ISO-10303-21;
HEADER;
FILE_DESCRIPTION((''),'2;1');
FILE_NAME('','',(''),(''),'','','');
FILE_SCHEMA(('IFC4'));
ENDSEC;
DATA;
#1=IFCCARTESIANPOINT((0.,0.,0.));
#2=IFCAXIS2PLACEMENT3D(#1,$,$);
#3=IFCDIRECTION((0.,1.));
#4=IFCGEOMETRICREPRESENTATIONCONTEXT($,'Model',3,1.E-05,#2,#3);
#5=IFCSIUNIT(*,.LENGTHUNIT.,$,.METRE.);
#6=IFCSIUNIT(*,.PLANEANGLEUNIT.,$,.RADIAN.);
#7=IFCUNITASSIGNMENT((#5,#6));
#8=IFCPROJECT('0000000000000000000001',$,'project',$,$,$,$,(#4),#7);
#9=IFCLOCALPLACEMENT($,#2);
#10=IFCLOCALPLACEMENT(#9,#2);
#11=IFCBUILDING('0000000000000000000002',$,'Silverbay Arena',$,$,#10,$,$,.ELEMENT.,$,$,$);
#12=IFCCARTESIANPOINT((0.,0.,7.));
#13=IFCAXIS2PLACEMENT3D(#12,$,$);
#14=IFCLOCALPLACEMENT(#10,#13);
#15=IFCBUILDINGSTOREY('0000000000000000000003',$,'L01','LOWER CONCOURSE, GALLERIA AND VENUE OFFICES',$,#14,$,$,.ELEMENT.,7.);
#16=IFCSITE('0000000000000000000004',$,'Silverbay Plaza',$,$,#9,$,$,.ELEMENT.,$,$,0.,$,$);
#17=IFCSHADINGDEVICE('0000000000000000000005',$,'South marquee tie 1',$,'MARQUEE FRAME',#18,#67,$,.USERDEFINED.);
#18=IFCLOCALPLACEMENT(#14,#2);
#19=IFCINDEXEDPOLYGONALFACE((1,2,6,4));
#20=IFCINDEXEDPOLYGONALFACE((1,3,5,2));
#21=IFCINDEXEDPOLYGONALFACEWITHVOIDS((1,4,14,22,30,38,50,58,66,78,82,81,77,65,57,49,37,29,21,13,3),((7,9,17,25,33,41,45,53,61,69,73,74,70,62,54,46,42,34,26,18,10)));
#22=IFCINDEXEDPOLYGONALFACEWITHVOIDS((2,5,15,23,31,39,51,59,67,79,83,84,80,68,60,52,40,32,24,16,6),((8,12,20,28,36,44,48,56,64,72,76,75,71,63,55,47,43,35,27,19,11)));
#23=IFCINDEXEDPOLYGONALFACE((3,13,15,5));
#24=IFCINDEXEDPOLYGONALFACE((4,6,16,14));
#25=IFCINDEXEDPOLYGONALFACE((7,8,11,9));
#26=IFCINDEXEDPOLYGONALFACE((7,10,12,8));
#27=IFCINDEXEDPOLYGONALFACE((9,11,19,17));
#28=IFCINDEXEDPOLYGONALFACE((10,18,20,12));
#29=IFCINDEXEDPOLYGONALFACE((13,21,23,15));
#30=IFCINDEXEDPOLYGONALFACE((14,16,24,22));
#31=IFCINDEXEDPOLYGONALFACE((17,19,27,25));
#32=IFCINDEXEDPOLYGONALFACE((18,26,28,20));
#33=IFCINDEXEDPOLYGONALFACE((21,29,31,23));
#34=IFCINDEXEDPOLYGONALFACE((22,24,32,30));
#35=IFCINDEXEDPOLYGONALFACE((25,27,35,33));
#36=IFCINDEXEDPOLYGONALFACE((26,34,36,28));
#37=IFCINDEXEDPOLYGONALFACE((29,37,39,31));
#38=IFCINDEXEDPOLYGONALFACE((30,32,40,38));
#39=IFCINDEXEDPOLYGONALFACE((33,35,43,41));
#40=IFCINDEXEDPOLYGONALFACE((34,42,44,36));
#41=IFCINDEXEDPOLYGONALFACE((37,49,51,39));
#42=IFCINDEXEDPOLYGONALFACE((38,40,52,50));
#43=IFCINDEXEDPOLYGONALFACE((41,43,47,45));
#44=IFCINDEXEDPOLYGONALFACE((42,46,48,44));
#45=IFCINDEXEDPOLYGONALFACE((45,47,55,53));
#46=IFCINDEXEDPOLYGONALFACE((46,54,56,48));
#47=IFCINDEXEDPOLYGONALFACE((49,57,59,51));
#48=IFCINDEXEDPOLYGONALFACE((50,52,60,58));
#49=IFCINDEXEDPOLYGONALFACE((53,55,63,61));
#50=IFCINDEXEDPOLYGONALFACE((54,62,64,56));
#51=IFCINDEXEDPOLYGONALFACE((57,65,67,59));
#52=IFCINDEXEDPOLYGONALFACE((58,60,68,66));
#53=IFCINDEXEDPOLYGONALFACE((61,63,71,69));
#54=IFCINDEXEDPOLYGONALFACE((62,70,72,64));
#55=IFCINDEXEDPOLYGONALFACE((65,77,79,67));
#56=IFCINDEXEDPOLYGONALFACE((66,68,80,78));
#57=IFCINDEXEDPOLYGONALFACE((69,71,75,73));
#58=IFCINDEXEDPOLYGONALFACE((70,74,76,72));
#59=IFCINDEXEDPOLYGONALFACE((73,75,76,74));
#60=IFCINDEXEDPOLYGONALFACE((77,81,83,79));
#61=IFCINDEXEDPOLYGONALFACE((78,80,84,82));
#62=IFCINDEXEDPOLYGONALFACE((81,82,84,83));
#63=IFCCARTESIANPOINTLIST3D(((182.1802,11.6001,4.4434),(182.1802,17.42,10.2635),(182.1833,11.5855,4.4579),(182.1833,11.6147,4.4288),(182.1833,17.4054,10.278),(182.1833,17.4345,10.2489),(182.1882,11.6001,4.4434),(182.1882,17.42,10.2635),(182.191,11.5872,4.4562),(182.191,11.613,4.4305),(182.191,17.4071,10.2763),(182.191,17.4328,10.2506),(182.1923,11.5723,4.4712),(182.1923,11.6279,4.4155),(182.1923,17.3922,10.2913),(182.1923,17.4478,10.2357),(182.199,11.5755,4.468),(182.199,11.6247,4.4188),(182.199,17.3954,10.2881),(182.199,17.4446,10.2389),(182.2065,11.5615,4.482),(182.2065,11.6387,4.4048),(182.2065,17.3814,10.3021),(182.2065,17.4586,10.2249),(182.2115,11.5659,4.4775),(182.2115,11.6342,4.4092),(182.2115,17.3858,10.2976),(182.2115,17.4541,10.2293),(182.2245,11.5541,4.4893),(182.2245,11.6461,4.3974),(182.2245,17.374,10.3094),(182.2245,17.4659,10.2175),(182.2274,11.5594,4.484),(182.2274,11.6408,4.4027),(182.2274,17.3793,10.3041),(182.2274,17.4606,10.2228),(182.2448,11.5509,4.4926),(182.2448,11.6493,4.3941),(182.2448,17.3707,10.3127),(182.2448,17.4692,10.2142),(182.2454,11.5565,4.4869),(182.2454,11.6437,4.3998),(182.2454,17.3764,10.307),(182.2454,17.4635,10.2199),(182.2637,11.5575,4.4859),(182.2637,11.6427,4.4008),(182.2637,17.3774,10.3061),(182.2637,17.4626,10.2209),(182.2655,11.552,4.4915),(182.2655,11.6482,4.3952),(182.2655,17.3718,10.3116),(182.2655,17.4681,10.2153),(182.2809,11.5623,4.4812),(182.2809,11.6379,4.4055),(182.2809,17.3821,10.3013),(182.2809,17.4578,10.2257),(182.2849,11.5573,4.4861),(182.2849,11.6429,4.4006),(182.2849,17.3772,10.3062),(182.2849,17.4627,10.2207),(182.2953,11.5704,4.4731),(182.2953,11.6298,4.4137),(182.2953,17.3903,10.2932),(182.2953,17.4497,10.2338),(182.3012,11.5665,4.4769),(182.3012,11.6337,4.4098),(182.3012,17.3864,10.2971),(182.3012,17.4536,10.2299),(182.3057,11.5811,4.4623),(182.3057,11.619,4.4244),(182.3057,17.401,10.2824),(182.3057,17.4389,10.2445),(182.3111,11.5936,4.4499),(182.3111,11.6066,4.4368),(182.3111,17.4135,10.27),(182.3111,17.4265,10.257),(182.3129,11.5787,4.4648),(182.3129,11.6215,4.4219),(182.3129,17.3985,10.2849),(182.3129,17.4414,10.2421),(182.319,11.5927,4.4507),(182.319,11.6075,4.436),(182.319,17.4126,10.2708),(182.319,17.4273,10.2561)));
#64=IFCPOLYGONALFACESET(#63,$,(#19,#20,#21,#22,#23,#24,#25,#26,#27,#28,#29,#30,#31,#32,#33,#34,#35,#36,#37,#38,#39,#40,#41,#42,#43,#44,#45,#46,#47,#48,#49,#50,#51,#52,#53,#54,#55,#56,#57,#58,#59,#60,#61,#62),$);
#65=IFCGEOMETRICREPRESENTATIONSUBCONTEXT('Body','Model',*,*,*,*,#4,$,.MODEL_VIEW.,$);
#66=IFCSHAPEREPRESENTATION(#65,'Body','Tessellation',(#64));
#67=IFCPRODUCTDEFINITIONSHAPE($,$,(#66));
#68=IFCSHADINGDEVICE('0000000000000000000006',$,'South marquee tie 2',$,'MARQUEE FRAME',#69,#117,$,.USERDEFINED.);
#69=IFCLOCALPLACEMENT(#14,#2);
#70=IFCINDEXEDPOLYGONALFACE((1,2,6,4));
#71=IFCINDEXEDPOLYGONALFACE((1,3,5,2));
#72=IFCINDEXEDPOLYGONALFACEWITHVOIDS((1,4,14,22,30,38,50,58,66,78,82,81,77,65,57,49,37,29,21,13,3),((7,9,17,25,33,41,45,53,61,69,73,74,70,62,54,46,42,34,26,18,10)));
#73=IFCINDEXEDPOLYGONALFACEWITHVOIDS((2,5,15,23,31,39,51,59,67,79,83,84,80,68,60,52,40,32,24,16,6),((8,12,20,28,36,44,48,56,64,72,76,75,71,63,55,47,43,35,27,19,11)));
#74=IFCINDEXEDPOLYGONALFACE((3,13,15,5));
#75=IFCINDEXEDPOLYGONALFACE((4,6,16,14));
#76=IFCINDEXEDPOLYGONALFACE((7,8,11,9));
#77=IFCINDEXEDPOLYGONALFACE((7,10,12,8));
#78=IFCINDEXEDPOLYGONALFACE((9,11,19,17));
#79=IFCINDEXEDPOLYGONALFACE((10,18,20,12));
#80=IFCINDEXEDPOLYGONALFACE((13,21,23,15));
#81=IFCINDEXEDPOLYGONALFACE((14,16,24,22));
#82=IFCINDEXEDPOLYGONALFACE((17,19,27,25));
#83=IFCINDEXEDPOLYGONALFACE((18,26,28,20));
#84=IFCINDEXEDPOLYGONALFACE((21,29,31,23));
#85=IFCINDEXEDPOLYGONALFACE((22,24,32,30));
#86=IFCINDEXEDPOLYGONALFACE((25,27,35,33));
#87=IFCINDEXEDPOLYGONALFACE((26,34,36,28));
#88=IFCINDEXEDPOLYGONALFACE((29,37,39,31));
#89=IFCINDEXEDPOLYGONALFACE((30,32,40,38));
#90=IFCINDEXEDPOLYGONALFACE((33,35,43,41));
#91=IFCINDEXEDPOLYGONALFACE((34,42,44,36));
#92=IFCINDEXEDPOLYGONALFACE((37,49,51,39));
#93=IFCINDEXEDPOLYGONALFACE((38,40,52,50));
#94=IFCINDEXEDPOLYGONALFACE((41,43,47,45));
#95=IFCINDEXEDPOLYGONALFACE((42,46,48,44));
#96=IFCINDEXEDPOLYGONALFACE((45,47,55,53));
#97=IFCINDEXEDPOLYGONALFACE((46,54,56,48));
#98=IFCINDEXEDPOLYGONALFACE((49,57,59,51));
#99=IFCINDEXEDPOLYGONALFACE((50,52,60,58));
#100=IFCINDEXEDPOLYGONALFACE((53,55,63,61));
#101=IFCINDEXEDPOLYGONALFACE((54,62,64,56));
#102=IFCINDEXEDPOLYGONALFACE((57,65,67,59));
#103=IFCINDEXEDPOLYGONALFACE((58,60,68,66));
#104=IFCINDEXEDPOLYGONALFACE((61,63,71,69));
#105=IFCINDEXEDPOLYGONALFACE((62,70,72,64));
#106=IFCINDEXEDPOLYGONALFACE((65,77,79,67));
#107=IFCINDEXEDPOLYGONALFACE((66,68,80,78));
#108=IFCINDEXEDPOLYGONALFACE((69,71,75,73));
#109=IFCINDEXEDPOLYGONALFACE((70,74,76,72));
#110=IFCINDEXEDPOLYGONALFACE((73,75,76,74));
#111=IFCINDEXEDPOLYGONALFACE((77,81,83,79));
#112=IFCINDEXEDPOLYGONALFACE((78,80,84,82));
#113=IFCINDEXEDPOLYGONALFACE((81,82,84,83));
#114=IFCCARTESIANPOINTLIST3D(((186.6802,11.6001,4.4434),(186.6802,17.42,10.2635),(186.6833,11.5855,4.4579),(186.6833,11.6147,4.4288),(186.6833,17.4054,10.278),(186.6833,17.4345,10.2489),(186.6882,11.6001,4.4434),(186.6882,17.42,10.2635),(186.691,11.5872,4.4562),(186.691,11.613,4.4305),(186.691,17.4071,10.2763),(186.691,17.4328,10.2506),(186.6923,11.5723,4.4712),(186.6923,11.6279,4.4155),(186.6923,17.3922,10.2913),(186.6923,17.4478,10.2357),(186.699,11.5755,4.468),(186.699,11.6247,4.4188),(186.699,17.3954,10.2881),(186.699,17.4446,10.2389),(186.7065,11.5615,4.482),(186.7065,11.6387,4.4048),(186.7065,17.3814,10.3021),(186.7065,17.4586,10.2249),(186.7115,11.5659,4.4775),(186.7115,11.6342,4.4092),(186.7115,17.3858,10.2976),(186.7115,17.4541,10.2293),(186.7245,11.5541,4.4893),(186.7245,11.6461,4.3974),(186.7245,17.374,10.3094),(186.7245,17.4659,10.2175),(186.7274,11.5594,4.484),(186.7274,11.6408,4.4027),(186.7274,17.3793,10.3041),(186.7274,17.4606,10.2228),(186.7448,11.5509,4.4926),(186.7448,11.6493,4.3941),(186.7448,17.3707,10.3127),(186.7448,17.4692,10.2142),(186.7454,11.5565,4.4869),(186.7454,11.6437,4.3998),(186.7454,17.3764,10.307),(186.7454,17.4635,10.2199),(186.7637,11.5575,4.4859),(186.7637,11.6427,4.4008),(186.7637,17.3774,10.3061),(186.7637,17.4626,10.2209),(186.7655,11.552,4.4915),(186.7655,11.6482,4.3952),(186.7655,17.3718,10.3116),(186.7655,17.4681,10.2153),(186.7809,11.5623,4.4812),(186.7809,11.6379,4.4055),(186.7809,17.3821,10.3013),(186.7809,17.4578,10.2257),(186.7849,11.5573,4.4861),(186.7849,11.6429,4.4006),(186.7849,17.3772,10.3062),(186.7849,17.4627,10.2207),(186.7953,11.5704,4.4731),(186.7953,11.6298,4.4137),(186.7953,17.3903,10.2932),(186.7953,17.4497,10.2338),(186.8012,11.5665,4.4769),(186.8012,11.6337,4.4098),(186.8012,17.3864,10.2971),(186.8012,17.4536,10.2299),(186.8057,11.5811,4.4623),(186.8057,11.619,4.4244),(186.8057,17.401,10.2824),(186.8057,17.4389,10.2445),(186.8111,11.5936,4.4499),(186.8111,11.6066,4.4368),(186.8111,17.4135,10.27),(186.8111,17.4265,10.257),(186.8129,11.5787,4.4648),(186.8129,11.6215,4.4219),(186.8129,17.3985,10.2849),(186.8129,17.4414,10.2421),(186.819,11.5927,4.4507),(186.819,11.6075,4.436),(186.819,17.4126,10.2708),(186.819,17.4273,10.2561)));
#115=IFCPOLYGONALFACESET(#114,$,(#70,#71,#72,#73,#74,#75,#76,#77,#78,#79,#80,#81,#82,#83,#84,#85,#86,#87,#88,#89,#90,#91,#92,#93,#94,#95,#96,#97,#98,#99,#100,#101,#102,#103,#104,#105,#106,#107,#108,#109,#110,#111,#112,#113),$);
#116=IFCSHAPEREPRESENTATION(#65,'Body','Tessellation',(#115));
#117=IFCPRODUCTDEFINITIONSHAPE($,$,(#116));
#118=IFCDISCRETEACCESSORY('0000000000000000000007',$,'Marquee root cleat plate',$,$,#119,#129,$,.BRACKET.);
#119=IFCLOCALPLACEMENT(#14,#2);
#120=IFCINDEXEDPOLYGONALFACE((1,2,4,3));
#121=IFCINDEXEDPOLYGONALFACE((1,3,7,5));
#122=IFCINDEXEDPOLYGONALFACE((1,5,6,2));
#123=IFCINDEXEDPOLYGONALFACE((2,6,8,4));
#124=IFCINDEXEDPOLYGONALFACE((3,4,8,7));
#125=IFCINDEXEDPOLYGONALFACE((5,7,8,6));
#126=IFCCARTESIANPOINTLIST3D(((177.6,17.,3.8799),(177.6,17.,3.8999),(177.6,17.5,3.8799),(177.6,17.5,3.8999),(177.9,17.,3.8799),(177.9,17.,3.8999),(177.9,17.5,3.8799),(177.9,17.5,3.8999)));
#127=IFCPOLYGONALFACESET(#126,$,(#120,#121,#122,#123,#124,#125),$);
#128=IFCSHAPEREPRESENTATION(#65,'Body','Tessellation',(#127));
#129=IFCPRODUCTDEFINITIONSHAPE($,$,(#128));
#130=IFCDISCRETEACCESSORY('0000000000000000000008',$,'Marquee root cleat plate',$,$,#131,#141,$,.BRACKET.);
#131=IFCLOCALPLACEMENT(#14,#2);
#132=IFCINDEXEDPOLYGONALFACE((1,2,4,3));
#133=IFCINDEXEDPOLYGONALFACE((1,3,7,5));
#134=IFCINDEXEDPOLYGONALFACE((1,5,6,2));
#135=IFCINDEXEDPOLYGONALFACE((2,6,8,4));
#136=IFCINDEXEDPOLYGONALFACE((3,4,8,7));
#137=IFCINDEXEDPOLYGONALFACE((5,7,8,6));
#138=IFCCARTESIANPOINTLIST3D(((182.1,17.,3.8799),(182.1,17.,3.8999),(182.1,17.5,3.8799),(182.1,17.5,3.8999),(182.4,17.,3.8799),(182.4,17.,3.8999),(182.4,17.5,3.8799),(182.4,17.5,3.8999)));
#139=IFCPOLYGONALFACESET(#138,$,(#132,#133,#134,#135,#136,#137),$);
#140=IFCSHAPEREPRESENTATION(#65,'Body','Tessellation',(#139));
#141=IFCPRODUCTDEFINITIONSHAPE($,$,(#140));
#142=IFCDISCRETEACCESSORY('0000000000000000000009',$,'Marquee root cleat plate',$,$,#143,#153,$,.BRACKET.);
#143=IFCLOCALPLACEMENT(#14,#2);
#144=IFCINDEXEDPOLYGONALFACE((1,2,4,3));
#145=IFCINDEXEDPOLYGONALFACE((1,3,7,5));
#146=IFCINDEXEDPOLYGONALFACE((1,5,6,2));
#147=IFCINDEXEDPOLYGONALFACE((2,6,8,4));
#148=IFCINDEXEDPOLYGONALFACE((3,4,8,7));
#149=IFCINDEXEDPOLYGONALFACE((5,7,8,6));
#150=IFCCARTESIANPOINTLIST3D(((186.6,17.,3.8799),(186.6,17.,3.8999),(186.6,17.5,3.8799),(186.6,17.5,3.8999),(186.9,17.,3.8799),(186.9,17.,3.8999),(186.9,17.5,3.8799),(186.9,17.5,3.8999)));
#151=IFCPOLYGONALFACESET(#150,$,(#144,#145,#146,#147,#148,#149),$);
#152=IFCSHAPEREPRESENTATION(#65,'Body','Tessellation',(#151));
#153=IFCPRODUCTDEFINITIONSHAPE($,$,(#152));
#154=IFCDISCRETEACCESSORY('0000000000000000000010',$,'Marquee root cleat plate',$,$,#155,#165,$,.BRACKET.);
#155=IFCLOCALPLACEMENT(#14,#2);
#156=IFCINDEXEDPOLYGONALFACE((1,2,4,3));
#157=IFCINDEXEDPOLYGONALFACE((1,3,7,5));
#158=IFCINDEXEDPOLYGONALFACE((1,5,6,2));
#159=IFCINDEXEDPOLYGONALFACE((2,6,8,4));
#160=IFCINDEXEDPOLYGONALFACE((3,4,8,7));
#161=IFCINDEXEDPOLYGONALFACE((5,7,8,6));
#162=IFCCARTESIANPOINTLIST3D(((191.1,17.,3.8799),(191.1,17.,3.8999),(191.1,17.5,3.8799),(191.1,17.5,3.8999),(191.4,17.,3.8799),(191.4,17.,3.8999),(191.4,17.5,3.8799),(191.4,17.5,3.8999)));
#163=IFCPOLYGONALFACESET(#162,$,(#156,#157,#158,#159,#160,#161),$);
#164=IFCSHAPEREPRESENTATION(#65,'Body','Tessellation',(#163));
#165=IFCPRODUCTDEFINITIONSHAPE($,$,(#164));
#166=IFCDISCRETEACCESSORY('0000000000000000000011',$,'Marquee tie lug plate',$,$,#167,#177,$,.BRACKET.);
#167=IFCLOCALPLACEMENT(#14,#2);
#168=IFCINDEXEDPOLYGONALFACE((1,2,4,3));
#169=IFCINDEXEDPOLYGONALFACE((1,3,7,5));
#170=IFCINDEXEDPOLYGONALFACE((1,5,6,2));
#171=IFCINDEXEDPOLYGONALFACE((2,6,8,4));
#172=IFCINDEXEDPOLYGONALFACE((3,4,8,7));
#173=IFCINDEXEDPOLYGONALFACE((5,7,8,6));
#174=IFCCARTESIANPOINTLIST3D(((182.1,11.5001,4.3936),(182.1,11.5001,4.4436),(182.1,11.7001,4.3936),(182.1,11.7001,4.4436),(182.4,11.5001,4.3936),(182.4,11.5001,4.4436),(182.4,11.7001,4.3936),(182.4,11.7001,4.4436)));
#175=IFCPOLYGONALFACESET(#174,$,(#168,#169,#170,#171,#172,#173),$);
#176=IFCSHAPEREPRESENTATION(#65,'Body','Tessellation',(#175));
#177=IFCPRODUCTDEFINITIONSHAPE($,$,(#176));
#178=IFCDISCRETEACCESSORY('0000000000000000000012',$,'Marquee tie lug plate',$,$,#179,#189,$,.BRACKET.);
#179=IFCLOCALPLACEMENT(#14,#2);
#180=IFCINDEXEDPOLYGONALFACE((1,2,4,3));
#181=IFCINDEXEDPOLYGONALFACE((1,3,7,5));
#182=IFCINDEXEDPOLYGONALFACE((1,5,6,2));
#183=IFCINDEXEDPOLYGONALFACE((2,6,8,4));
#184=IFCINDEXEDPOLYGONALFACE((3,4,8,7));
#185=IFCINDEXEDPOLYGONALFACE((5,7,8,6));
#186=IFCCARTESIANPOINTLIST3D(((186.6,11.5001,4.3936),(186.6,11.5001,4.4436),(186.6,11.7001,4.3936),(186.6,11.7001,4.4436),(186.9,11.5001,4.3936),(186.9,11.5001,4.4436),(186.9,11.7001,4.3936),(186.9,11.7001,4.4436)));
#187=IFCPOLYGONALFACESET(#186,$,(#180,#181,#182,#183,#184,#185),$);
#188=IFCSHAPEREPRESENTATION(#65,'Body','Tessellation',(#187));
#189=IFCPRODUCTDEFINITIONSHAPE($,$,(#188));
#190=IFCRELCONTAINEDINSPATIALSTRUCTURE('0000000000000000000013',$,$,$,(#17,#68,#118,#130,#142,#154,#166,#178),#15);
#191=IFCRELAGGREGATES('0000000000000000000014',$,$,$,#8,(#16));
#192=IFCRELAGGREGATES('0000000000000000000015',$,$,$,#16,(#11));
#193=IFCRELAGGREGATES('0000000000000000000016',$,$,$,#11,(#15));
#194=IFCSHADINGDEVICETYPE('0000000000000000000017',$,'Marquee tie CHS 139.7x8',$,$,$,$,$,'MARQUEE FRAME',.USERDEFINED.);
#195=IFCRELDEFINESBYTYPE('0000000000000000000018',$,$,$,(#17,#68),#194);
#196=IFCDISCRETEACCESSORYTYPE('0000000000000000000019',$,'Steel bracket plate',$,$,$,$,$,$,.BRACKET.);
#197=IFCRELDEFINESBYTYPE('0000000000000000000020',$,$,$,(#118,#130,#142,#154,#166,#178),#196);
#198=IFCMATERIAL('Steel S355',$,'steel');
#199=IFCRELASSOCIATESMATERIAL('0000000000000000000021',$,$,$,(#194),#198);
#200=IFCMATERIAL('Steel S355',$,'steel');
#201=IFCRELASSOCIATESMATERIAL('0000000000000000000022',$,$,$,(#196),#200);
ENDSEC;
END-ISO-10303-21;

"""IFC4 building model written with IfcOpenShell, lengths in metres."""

from ifc_helpers import new_model, si_unit, direction, frame, origin, origin_2d, place, context, subcontext, project, spatial, rectangle, hollow_circle, extrude, material, material_profile, profile_set, type_object, element, save


model = new_model("IFC4")

# Units and contexts
model_context = context("Model", 3, precision=1e-05, world=origin(), true_north=direction((0.0, 1.0)))
body_context = subcontext(model_context, "Body", "Model", "MODEL_VIEW")
ifc_project = project(units=[si_unit("LENGTHUNIT", "METRE"), si_unit("PLANEANGLEUNIT", "RADIAN")], contexts=[model_context])

# Site, building, storey
site_placement = place(None, origin())
site = spatial("IfcSite", under=ifc_project, at=site_placement, Name="Silverbay Plaza", CompositionType="ELEMENT", RefElevation=0.0)
building_placement = place(site_placement, origin())
building = spatial("IfcBuilding", under=site, at=building_placement, Name="Silverbay Arena", CompositionType="ELEMENT")
storey_placement = place(building_placement, frame((0.0, 0.0, 7.0)))
storey = spatial("IfcBuildingStorey", under=building, at=storey_placement, Name="L01", Description="LOWER CONCOURSE, GALLERIA AND VENUE OFFICES", CompositionType="ELEMENT", Elevation=7.0)

# Shading devices
ifc_material_1 = material(Name="Steel S355", Category="steel")
ifc_material_profile_1 = material_profile(ifc_material_1, hollow_circle(Radius=0.0698, WallThickness=0.0081, at=origin_2d()), Name="CHS 139.7x8")
ifc_profile_set_1 = profile_set([ifc_material_profile_1], Name="Steel S355")
shading_device_type_1 = type_object("IfcShadingDeviceType", Name="Marquee tie CHS 139.7x8", ElementType="MARQUEE FRAME", PredefinedType="USERDEFINED", material=ifc_profile_set_1)
for number, where, z_axis, x_axis, name in (
    (1, (182.25, 11.6001, 4.4434), (0.0, 0.707092, 0.707122), (-1.0, 0.0, 0.0), "South marquee tie 1"),
    (2, (186.75, 11.6001, 4.4434), (0.0, 0.707092, 0.707122), (-1.0, 0.0, 0.0), "South marquee tie 2"),
):
    element("IfcShadingDevice", number, at=place(storey_placement, frame(where, z_axis=z_axis, x_axis=x_axis)), inside=storey, type_object=shading_device_type_1, Name=name, ObjectType="MARQUEE FRAME", PredefinedType="USERDEFINED", context=body_context, shape_type="SweptSolid", body=[
        extrude(hollow_circle(Radius=0.0698, WallThickness=0.0081, at=origin_2d()), origin(), (0.0, 0.0, 1.0), 8.2307),
    ])

# Discrete accessories
ifc_material_2 = material(Name="Steel S355", Category="steel")
discrete_accessory_type = type_object("IfcDiscreteAccessoryType", Name="Steel bracket plate", PredefinedType="BRACKET", material=ifc_material_2)
for number, where, z_axis, x_axis, name in (
    (3, (177.75, 17.25, 3.8799), (0.0, 0.0, 1.0), (1.0, 0.0, 0.0), "Marquee root cleat plate"),
    (4, (182.25, 17.25, 3.8799), (0.0, 0.0, 1.0), (1.0, 0.0, 0.0), "Marquee root cleat plate"),
    (5, (186.75, 17.25, 3.8799), (0.0, 0.0, 1.0), (1.0, 0.0, 0.0), "Marquee root cleat plate"),
    (6, (191.25, 17.25, 3.8799), (0.0, 0.0, 1.0), (1.0, 0.0, 0.0), "Marquee root cleat plate"),
):
    element("IfcDiscreteAccessory", number, at=place(storey_placement, frame(where, z_axis=z_axis, x_axis=x_axis)), inside=storey, type_object=discrete_accessory_type, Name=name, PredefinedType="BRACKET", context=body_context, shape_type="SweptSolid", body=[
        extrude(rectangle(XDim=0.3, YDim=0.5, at=origin_2d()), origin(), (0.0, 0.0, 1.0), 0.02),
    ])
for number, where, z_axis, x_axis, name in (
    (7, (182.25, 11.6001, 4.3936), (0.0, 0.0, 1.0), (1.0, 0.0, 0.0), "Marquee tie lug plate"),
    (8, (186.75, 11.6001, 4.3936), (0.0, 0.0, 1.0), (1.0, 0.0, 0.0), "Marquee tie lug plate"),
):
    element("IfcDiscreteAccessory", number, at=place(storey_placement, frame(where, z_axis=z_axis, x_axis=x_axis)), inside=storey, type_object=discrete_accessory_type, Name=name, PredefinedType="BRACKET", context=body_context, shape_type="SweptSolid", body=[
        extrude(rectangle(XDim=0.3, YDim=0.2, at=origin_2d()), origin(), (0.0, 0.0, 1.0), 0.05),
    ])

save(model, "model.ifc")
